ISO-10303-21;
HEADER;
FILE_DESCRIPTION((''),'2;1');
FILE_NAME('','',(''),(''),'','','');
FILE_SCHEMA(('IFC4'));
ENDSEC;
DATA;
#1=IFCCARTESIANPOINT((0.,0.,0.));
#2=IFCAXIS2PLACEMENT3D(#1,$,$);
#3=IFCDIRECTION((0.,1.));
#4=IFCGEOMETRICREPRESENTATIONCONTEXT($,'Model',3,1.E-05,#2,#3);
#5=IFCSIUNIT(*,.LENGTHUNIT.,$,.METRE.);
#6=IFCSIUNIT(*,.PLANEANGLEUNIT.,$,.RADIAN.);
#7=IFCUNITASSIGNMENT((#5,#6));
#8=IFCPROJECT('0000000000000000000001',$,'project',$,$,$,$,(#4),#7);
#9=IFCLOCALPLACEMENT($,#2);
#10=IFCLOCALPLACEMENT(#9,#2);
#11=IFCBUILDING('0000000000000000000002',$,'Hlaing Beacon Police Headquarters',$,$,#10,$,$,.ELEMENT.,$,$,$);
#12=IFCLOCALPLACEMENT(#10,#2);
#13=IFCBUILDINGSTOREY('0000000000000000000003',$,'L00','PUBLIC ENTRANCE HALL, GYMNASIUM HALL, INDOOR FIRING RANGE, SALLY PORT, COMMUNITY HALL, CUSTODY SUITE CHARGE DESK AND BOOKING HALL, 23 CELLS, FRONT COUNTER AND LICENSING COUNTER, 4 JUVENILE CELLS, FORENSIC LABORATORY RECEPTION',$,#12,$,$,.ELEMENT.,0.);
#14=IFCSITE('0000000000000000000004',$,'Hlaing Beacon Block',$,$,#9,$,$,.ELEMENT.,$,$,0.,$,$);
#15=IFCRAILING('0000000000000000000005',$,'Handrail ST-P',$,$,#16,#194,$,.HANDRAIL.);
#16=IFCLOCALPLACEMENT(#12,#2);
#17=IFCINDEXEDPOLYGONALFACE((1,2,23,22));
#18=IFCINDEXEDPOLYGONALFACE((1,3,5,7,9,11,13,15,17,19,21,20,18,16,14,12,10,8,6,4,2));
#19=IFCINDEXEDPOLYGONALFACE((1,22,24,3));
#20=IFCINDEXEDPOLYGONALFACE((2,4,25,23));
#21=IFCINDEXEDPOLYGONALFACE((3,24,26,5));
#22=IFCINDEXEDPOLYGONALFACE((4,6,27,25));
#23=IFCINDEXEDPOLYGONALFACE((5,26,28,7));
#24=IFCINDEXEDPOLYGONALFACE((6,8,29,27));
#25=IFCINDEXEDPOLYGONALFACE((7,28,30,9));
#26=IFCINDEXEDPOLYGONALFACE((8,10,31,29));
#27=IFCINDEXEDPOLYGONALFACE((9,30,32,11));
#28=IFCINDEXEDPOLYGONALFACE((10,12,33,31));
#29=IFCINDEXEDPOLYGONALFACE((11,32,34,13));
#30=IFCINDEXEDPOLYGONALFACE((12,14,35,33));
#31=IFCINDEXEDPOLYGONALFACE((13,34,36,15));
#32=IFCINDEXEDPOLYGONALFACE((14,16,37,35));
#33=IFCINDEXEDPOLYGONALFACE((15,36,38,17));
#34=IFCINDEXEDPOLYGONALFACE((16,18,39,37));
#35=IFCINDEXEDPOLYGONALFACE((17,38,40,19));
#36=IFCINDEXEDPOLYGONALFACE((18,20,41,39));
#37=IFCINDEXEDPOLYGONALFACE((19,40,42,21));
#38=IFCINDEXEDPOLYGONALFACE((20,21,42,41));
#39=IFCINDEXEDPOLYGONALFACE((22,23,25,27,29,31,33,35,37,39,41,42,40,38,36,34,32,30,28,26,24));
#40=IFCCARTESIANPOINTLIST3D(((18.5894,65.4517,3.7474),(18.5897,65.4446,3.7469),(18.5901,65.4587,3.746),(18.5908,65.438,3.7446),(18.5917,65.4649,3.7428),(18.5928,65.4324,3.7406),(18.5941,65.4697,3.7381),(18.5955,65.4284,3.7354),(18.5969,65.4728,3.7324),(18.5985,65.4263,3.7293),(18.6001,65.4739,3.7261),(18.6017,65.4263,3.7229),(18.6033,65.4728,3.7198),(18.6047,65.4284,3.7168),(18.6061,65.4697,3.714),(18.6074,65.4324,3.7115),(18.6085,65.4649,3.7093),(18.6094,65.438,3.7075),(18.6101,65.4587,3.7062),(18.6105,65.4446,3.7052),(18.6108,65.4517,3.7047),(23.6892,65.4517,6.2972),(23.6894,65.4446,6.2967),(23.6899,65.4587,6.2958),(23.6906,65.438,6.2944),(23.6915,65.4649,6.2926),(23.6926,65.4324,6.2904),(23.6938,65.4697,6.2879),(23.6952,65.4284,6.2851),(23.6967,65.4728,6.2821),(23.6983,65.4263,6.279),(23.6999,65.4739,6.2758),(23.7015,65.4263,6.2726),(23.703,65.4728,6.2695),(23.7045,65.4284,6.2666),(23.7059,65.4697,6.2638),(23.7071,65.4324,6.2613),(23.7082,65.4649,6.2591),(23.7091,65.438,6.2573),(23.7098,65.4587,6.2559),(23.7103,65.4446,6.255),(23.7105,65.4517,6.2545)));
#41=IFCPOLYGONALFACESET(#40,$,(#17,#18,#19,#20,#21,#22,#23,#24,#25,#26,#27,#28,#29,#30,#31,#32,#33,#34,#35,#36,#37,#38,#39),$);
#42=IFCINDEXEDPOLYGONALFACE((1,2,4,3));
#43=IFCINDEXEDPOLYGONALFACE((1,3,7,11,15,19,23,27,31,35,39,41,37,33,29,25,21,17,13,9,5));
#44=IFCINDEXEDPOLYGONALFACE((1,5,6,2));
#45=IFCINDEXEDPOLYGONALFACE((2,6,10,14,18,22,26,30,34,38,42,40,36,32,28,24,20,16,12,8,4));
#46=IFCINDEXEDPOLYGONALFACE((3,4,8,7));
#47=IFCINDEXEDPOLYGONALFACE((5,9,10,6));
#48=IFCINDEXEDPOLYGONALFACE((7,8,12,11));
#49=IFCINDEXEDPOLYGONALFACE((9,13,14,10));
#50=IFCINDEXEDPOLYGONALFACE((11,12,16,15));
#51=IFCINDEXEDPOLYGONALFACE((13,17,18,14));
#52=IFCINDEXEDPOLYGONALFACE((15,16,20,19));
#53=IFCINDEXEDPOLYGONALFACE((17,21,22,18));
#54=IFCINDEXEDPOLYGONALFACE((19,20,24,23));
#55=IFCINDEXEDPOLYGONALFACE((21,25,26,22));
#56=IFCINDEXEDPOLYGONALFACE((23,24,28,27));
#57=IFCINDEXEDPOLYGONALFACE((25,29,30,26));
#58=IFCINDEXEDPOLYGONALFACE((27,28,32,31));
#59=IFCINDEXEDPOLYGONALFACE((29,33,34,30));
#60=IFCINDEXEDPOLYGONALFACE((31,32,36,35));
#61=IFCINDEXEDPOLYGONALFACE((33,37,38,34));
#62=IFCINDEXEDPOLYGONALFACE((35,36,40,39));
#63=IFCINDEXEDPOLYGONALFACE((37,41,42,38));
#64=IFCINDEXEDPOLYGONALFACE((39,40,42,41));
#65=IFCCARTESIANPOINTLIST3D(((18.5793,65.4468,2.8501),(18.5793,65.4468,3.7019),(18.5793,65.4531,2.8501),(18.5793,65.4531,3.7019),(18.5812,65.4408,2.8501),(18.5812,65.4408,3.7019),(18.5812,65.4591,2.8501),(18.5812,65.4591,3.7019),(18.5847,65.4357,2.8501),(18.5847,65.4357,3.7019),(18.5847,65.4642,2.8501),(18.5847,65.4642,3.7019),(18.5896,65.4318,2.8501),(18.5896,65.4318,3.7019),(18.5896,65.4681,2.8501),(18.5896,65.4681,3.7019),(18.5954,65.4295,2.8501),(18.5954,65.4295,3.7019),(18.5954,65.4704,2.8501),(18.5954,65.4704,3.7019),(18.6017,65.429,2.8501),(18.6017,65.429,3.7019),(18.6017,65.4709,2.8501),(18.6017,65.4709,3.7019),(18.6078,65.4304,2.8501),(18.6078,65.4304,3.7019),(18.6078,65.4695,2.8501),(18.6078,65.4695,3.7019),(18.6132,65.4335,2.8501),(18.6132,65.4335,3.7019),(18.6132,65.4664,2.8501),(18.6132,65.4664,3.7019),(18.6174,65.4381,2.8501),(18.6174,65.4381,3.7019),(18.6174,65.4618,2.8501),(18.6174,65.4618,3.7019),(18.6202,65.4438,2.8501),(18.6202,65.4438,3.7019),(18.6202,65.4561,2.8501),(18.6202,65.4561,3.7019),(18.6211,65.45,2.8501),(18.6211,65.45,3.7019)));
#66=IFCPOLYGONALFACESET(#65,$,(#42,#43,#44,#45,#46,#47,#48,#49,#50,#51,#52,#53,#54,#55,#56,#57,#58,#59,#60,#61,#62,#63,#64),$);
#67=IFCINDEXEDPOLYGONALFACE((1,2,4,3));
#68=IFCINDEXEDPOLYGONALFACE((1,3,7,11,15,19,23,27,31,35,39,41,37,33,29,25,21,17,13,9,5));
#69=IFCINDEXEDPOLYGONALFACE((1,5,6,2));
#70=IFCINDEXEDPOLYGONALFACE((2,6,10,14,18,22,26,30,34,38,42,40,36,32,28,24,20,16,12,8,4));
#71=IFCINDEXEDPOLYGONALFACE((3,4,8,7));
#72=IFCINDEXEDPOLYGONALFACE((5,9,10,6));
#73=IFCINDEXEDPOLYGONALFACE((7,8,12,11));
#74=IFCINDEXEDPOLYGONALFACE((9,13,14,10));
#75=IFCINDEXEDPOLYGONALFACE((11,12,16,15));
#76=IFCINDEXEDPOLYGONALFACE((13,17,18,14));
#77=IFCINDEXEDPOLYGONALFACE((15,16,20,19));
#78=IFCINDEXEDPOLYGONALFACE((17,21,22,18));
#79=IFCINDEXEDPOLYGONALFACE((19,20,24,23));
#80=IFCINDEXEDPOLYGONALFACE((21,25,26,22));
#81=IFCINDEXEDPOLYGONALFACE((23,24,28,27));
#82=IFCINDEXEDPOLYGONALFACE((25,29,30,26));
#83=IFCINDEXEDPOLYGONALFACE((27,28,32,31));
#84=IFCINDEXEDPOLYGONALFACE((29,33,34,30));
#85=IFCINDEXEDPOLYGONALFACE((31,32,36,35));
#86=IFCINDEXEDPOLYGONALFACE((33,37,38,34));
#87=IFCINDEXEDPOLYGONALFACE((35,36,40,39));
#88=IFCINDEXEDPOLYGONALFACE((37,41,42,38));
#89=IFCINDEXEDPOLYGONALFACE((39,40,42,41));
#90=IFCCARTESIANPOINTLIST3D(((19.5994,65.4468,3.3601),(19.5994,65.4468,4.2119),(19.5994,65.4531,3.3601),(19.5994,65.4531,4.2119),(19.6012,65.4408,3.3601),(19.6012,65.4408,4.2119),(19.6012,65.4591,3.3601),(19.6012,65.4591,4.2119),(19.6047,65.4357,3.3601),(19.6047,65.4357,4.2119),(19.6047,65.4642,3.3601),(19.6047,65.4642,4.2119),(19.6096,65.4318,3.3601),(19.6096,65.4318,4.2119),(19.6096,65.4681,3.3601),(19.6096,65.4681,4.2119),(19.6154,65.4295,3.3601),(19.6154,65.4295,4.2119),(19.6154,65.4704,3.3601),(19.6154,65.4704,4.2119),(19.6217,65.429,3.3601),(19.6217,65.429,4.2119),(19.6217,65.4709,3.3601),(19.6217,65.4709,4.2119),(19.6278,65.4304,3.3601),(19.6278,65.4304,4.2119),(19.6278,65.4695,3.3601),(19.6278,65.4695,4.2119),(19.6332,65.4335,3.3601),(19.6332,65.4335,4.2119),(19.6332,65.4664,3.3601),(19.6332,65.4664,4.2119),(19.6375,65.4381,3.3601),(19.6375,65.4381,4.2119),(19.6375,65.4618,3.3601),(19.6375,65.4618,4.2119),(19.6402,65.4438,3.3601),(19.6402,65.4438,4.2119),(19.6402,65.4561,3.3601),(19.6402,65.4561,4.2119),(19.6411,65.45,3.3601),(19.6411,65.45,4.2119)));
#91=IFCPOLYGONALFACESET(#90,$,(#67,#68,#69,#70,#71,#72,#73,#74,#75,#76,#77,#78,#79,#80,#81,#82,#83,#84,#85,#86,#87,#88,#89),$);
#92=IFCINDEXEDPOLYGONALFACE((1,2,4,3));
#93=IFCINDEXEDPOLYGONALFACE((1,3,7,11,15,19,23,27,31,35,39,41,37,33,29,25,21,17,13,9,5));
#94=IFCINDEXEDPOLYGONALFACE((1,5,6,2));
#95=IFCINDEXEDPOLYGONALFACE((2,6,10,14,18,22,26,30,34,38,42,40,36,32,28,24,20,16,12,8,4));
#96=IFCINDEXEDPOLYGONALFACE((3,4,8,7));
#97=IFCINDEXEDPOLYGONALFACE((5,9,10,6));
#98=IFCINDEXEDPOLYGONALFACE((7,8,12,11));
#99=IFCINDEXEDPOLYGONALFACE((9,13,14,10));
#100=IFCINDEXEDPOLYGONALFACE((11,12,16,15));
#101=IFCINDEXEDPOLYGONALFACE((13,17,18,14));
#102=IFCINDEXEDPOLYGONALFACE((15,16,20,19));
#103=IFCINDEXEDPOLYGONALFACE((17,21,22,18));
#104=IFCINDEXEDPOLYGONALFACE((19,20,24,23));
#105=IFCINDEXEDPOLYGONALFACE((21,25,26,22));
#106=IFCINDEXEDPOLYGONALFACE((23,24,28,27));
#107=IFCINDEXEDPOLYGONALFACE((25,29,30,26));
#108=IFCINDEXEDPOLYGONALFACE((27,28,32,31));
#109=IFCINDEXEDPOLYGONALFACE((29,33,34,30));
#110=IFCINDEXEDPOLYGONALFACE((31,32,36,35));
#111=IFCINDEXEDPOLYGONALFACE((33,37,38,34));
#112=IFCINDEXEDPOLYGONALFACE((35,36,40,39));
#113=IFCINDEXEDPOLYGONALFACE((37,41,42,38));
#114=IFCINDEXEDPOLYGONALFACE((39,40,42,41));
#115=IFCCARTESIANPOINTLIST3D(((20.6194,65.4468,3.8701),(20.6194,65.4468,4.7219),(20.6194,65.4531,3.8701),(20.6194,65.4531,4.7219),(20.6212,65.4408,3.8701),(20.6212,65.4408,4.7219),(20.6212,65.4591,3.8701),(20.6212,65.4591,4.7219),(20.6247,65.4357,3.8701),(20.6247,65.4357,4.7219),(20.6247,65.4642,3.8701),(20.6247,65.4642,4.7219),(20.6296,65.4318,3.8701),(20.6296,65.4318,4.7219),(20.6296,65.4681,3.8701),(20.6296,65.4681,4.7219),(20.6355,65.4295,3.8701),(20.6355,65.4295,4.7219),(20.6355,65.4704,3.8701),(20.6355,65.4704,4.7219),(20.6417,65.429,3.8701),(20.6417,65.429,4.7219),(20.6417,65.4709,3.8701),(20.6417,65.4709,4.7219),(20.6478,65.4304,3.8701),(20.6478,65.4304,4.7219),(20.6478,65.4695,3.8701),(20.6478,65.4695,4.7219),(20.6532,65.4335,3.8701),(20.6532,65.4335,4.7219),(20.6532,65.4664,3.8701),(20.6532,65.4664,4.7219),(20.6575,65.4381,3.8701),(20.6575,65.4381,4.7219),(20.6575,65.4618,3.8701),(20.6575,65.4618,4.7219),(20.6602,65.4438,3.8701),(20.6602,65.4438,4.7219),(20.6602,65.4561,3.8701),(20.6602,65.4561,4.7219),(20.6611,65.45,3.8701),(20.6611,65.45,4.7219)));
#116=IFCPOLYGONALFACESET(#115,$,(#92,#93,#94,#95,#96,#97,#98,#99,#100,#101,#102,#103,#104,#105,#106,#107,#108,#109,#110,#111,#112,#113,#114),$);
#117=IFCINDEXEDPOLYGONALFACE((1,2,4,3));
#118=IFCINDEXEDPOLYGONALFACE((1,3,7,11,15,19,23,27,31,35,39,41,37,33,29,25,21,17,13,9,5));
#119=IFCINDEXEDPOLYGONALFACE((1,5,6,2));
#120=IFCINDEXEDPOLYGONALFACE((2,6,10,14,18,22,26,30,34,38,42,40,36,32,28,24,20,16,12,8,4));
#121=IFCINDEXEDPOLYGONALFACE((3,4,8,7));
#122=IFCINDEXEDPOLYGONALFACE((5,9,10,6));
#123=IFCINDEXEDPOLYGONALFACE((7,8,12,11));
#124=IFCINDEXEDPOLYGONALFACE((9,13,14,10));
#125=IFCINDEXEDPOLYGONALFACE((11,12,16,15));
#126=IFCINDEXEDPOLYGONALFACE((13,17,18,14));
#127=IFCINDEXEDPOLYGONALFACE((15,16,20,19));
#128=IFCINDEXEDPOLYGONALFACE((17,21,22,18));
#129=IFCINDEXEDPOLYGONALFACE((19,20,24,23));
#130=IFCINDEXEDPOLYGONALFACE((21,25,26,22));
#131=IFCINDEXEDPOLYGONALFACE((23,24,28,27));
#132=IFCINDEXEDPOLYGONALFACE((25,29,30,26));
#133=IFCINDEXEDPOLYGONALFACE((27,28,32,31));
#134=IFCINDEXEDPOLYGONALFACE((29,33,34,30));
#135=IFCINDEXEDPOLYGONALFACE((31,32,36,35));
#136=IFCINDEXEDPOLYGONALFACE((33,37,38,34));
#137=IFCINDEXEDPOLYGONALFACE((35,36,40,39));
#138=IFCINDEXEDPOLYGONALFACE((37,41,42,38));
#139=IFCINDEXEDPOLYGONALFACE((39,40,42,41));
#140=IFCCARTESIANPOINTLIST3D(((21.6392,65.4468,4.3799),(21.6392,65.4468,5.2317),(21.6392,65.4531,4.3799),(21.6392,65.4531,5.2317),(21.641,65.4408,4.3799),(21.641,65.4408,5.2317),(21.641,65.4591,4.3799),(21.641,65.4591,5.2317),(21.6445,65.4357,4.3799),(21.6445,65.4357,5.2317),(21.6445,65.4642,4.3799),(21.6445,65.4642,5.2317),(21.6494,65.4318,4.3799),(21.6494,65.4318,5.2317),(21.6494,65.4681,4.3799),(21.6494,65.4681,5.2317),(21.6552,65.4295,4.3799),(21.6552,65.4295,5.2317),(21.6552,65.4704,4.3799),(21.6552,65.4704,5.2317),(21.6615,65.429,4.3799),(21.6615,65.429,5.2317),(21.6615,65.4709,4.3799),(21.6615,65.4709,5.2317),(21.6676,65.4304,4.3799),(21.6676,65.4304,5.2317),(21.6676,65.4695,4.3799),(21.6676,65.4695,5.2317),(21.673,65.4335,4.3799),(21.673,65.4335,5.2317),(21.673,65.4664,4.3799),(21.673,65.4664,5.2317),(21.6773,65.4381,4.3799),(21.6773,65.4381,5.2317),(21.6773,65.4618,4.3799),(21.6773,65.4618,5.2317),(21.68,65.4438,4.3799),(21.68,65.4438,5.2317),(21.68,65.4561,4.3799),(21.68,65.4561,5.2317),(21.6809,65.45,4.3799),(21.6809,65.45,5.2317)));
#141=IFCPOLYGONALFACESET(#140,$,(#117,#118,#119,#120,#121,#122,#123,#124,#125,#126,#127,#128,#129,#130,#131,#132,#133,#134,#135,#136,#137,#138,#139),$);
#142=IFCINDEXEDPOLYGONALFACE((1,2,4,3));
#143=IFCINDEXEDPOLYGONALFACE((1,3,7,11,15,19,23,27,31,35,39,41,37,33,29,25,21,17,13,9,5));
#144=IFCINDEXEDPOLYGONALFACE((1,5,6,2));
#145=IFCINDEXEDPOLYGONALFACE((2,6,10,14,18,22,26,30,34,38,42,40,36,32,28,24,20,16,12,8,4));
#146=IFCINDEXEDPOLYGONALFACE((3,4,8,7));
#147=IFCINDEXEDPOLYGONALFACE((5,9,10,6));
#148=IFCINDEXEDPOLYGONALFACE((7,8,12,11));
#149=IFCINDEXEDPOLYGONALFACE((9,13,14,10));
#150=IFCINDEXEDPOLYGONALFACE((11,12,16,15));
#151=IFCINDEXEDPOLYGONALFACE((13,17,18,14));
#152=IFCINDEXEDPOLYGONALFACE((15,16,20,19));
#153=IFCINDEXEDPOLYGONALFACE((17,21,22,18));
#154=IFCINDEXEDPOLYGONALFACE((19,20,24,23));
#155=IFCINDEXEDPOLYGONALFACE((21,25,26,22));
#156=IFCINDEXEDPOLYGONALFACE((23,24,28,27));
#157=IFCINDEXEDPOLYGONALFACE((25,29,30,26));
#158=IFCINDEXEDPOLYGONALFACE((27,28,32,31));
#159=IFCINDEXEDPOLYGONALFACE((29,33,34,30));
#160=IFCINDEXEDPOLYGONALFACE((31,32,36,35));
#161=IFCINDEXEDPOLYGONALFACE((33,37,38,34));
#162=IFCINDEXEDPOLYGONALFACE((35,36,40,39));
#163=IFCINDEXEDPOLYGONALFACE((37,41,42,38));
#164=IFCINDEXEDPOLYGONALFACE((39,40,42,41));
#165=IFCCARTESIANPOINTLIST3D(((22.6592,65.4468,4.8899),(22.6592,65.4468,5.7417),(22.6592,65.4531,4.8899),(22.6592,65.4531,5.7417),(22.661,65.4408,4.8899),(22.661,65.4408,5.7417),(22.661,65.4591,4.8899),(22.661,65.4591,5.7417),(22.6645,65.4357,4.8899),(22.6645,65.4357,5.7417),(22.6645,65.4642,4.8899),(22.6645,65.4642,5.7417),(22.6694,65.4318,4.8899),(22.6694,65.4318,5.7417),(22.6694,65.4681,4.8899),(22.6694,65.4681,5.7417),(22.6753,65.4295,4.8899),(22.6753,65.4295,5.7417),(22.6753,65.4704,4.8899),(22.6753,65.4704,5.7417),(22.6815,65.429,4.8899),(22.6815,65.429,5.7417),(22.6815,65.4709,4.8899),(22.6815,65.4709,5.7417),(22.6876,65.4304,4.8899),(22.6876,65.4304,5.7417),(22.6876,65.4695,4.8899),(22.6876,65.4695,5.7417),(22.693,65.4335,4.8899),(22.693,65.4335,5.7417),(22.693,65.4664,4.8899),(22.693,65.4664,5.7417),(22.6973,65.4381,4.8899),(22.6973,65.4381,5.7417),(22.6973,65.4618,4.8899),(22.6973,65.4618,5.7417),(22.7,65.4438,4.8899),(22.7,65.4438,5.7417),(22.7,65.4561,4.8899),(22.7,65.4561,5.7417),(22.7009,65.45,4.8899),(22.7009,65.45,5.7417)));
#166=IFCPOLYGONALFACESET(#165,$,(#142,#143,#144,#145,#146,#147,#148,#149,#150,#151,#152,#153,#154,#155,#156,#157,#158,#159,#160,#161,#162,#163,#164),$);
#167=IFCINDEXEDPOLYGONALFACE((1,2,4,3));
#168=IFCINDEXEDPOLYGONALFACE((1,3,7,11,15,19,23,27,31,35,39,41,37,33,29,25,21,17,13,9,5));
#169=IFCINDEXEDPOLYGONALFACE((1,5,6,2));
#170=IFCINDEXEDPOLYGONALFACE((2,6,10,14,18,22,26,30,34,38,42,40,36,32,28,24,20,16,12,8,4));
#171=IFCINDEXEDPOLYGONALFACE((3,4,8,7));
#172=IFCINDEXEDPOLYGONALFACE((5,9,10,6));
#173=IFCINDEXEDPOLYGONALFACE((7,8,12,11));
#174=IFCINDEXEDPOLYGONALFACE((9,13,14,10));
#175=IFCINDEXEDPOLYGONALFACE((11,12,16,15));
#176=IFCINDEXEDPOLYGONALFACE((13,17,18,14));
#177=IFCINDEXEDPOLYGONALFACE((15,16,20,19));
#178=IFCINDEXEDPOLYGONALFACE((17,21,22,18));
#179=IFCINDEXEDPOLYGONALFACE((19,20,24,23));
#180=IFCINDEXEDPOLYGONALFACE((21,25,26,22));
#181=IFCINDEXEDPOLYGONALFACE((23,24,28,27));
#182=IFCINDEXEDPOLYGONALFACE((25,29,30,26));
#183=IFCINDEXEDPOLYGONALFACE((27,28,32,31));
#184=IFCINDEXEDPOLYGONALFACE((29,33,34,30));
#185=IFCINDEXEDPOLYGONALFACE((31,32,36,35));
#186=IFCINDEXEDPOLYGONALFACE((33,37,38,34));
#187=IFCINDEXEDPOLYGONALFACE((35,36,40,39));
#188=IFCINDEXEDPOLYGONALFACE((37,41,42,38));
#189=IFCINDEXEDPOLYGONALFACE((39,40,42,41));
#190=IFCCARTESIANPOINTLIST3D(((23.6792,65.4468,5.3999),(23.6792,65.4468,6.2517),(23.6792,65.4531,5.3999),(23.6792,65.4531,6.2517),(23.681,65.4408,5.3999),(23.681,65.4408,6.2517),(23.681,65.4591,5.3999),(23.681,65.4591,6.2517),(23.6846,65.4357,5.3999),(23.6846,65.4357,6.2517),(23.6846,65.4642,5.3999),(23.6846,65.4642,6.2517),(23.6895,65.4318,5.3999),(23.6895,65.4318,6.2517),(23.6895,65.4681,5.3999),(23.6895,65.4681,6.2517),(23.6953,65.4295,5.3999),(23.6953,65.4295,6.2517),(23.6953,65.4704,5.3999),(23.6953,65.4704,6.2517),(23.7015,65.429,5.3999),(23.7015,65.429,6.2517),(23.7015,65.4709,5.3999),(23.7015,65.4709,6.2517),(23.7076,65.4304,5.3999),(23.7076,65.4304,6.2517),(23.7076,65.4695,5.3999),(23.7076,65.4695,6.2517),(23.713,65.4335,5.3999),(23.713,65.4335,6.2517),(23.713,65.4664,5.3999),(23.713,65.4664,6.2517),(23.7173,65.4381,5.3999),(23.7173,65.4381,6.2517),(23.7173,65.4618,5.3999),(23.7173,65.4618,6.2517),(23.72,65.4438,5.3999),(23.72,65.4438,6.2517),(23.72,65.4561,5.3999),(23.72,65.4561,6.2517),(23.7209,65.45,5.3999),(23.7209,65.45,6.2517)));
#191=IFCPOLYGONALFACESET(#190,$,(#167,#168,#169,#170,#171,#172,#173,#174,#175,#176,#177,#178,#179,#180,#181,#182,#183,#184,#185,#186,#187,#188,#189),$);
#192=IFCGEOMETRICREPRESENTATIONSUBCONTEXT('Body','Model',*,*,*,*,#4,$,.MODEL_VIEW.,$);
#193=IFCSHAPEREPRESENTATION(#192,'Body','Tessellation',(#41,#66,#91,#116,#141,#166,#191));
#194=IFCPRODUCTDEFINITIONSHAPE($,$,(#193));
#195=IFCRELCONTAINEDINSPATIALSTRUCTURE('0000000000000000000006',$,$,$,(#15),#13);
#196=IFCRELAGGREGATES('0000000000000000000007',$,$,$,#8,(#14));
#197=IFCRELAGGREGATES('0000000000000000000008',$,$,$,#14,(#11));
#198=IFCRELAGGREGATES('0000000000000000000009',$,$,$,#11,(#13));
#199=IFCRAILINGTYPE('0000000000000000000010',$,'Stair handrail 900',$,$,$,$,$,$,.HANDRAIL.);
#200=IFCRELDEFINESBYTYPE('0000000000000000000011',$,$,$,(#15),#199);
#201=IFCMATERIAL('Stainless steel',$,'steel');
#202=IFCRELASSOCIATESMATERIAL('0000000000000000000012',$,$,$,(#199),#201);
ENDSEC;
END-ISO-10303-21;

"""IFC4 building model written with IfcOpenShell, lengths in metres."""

from ifc_helpers import new_model, si_unit, direction, frame, origin, origin_2d, place, context, subcontext, project, spatial, circle, extrude, material, type_object, element, save


model = new_model("IFC4")

# Units and contexts
model_context = context("Model", 3, precision=1e-05, world=origin(), true_north=direction((0.0, 1.0)))
body_context = subcontext(model_context, "Body", "Model", "MODEL_VIEW")
ifc_project = project(units=[si_unit("LENGTHUNIT", "METRE"), si_unit("PLANEANGLEUNIT", "RADIAN")], contexts=[model_context])

# Site, building, storey
site_placement = place(None, origin())
site = spatial("IfcSite", under=ifc_project, at=site_placement, Name="Hlaing Beacon Block", CompositionType="ELEMENT", RefElevation=0.0)
building_placement = place(site_placement, origin())
building = spatial("IfcBuilding", under=site, at=building_placement, Name="Hlaing Beacon Police Headquarters", CompositionType="ELEMENT")
storey_placement = place(building_placement, origin())
storey = spatial("IfcBuildingStorey", under=building, at=storey_placement, Name="L00", Description="PUBLIC ENTRANCE HALL, GYMNASIUM HALL, INDOOR FIRING RANGE, SALLY PORT, COMMUNITY HALL, CUSTODY SUITE CHARGE DESK AND BOOKING HALL, 23 CELLS, FRONT COUNTER AND LICENSING COUNTER, 4 JUVENILE CELLS, FORENSIC LABORATORY RECEPTION", CompositionType="ELEMENT", Elevation=0.0)

# Railing
ifc_material_1 = material(Name="Stainless steel", Category="steel")
railing_type_1 = type_object("IfcRailingType", Name="Stair handrail 900", PredefinedType="HANDRAIL", material=ifc_material_1)
for number, where, name in (
    (1, (18.6001, 65.45, 2.8501), "Handrail ST-P"),
):
    element("IfcRailing", number, at=place(storey_placement, frame(where)), inside=storey, type_object=railing_type_1, Name=name, PredefinedType="HANDRAIL", context=body_context, shape_type="SweptSolid", body=[
        extrude(circle(Radius=0.0239, at=origin_2d()), frame((0.0, 0.0, 0.876), z_axis=(0.894436, 0.0, 0.447196), x_axis=(0.0, 1.0, 0.0)), (0.0, 0.0, 1.0), 5.7017),
        extrude(circle(Radius=0.021, at=origin_2d()), origin(), (0.0, 0.0, 1.0), 0.8518),
        extrude(circle(Radius=0.021, at=origin_2d()), frame((1.02, 0.0, 0.51)), (0.0, 0.0, 1.0), 0.8518),
        extrude(circle(Radius=0.021, at=origin_2d()), frame((2.04, 0.0, 1.02)), (0.0, 0.0, 1.0), 0.8518),
        extrude(circle(Radius=0.021, at=origin_2d()), frame((3.0598, 0.0, 1.5298)), (0.0, 0.0, 1.0), 0.8518),
        extrude(circle(Radius=0.021, at=origin_2d()), frame((4.0798, 0.0, 2.0398)), (0.0, 0.0, 1.0), 0.8518),
        extrude(circle(Radius=0.021, at=origin_2d()), frame((5.0999, 0.0, 2.5498)), (0.0, 0.0, 1.0), 0.8518),
    ])

save(model, "model.ifc")
